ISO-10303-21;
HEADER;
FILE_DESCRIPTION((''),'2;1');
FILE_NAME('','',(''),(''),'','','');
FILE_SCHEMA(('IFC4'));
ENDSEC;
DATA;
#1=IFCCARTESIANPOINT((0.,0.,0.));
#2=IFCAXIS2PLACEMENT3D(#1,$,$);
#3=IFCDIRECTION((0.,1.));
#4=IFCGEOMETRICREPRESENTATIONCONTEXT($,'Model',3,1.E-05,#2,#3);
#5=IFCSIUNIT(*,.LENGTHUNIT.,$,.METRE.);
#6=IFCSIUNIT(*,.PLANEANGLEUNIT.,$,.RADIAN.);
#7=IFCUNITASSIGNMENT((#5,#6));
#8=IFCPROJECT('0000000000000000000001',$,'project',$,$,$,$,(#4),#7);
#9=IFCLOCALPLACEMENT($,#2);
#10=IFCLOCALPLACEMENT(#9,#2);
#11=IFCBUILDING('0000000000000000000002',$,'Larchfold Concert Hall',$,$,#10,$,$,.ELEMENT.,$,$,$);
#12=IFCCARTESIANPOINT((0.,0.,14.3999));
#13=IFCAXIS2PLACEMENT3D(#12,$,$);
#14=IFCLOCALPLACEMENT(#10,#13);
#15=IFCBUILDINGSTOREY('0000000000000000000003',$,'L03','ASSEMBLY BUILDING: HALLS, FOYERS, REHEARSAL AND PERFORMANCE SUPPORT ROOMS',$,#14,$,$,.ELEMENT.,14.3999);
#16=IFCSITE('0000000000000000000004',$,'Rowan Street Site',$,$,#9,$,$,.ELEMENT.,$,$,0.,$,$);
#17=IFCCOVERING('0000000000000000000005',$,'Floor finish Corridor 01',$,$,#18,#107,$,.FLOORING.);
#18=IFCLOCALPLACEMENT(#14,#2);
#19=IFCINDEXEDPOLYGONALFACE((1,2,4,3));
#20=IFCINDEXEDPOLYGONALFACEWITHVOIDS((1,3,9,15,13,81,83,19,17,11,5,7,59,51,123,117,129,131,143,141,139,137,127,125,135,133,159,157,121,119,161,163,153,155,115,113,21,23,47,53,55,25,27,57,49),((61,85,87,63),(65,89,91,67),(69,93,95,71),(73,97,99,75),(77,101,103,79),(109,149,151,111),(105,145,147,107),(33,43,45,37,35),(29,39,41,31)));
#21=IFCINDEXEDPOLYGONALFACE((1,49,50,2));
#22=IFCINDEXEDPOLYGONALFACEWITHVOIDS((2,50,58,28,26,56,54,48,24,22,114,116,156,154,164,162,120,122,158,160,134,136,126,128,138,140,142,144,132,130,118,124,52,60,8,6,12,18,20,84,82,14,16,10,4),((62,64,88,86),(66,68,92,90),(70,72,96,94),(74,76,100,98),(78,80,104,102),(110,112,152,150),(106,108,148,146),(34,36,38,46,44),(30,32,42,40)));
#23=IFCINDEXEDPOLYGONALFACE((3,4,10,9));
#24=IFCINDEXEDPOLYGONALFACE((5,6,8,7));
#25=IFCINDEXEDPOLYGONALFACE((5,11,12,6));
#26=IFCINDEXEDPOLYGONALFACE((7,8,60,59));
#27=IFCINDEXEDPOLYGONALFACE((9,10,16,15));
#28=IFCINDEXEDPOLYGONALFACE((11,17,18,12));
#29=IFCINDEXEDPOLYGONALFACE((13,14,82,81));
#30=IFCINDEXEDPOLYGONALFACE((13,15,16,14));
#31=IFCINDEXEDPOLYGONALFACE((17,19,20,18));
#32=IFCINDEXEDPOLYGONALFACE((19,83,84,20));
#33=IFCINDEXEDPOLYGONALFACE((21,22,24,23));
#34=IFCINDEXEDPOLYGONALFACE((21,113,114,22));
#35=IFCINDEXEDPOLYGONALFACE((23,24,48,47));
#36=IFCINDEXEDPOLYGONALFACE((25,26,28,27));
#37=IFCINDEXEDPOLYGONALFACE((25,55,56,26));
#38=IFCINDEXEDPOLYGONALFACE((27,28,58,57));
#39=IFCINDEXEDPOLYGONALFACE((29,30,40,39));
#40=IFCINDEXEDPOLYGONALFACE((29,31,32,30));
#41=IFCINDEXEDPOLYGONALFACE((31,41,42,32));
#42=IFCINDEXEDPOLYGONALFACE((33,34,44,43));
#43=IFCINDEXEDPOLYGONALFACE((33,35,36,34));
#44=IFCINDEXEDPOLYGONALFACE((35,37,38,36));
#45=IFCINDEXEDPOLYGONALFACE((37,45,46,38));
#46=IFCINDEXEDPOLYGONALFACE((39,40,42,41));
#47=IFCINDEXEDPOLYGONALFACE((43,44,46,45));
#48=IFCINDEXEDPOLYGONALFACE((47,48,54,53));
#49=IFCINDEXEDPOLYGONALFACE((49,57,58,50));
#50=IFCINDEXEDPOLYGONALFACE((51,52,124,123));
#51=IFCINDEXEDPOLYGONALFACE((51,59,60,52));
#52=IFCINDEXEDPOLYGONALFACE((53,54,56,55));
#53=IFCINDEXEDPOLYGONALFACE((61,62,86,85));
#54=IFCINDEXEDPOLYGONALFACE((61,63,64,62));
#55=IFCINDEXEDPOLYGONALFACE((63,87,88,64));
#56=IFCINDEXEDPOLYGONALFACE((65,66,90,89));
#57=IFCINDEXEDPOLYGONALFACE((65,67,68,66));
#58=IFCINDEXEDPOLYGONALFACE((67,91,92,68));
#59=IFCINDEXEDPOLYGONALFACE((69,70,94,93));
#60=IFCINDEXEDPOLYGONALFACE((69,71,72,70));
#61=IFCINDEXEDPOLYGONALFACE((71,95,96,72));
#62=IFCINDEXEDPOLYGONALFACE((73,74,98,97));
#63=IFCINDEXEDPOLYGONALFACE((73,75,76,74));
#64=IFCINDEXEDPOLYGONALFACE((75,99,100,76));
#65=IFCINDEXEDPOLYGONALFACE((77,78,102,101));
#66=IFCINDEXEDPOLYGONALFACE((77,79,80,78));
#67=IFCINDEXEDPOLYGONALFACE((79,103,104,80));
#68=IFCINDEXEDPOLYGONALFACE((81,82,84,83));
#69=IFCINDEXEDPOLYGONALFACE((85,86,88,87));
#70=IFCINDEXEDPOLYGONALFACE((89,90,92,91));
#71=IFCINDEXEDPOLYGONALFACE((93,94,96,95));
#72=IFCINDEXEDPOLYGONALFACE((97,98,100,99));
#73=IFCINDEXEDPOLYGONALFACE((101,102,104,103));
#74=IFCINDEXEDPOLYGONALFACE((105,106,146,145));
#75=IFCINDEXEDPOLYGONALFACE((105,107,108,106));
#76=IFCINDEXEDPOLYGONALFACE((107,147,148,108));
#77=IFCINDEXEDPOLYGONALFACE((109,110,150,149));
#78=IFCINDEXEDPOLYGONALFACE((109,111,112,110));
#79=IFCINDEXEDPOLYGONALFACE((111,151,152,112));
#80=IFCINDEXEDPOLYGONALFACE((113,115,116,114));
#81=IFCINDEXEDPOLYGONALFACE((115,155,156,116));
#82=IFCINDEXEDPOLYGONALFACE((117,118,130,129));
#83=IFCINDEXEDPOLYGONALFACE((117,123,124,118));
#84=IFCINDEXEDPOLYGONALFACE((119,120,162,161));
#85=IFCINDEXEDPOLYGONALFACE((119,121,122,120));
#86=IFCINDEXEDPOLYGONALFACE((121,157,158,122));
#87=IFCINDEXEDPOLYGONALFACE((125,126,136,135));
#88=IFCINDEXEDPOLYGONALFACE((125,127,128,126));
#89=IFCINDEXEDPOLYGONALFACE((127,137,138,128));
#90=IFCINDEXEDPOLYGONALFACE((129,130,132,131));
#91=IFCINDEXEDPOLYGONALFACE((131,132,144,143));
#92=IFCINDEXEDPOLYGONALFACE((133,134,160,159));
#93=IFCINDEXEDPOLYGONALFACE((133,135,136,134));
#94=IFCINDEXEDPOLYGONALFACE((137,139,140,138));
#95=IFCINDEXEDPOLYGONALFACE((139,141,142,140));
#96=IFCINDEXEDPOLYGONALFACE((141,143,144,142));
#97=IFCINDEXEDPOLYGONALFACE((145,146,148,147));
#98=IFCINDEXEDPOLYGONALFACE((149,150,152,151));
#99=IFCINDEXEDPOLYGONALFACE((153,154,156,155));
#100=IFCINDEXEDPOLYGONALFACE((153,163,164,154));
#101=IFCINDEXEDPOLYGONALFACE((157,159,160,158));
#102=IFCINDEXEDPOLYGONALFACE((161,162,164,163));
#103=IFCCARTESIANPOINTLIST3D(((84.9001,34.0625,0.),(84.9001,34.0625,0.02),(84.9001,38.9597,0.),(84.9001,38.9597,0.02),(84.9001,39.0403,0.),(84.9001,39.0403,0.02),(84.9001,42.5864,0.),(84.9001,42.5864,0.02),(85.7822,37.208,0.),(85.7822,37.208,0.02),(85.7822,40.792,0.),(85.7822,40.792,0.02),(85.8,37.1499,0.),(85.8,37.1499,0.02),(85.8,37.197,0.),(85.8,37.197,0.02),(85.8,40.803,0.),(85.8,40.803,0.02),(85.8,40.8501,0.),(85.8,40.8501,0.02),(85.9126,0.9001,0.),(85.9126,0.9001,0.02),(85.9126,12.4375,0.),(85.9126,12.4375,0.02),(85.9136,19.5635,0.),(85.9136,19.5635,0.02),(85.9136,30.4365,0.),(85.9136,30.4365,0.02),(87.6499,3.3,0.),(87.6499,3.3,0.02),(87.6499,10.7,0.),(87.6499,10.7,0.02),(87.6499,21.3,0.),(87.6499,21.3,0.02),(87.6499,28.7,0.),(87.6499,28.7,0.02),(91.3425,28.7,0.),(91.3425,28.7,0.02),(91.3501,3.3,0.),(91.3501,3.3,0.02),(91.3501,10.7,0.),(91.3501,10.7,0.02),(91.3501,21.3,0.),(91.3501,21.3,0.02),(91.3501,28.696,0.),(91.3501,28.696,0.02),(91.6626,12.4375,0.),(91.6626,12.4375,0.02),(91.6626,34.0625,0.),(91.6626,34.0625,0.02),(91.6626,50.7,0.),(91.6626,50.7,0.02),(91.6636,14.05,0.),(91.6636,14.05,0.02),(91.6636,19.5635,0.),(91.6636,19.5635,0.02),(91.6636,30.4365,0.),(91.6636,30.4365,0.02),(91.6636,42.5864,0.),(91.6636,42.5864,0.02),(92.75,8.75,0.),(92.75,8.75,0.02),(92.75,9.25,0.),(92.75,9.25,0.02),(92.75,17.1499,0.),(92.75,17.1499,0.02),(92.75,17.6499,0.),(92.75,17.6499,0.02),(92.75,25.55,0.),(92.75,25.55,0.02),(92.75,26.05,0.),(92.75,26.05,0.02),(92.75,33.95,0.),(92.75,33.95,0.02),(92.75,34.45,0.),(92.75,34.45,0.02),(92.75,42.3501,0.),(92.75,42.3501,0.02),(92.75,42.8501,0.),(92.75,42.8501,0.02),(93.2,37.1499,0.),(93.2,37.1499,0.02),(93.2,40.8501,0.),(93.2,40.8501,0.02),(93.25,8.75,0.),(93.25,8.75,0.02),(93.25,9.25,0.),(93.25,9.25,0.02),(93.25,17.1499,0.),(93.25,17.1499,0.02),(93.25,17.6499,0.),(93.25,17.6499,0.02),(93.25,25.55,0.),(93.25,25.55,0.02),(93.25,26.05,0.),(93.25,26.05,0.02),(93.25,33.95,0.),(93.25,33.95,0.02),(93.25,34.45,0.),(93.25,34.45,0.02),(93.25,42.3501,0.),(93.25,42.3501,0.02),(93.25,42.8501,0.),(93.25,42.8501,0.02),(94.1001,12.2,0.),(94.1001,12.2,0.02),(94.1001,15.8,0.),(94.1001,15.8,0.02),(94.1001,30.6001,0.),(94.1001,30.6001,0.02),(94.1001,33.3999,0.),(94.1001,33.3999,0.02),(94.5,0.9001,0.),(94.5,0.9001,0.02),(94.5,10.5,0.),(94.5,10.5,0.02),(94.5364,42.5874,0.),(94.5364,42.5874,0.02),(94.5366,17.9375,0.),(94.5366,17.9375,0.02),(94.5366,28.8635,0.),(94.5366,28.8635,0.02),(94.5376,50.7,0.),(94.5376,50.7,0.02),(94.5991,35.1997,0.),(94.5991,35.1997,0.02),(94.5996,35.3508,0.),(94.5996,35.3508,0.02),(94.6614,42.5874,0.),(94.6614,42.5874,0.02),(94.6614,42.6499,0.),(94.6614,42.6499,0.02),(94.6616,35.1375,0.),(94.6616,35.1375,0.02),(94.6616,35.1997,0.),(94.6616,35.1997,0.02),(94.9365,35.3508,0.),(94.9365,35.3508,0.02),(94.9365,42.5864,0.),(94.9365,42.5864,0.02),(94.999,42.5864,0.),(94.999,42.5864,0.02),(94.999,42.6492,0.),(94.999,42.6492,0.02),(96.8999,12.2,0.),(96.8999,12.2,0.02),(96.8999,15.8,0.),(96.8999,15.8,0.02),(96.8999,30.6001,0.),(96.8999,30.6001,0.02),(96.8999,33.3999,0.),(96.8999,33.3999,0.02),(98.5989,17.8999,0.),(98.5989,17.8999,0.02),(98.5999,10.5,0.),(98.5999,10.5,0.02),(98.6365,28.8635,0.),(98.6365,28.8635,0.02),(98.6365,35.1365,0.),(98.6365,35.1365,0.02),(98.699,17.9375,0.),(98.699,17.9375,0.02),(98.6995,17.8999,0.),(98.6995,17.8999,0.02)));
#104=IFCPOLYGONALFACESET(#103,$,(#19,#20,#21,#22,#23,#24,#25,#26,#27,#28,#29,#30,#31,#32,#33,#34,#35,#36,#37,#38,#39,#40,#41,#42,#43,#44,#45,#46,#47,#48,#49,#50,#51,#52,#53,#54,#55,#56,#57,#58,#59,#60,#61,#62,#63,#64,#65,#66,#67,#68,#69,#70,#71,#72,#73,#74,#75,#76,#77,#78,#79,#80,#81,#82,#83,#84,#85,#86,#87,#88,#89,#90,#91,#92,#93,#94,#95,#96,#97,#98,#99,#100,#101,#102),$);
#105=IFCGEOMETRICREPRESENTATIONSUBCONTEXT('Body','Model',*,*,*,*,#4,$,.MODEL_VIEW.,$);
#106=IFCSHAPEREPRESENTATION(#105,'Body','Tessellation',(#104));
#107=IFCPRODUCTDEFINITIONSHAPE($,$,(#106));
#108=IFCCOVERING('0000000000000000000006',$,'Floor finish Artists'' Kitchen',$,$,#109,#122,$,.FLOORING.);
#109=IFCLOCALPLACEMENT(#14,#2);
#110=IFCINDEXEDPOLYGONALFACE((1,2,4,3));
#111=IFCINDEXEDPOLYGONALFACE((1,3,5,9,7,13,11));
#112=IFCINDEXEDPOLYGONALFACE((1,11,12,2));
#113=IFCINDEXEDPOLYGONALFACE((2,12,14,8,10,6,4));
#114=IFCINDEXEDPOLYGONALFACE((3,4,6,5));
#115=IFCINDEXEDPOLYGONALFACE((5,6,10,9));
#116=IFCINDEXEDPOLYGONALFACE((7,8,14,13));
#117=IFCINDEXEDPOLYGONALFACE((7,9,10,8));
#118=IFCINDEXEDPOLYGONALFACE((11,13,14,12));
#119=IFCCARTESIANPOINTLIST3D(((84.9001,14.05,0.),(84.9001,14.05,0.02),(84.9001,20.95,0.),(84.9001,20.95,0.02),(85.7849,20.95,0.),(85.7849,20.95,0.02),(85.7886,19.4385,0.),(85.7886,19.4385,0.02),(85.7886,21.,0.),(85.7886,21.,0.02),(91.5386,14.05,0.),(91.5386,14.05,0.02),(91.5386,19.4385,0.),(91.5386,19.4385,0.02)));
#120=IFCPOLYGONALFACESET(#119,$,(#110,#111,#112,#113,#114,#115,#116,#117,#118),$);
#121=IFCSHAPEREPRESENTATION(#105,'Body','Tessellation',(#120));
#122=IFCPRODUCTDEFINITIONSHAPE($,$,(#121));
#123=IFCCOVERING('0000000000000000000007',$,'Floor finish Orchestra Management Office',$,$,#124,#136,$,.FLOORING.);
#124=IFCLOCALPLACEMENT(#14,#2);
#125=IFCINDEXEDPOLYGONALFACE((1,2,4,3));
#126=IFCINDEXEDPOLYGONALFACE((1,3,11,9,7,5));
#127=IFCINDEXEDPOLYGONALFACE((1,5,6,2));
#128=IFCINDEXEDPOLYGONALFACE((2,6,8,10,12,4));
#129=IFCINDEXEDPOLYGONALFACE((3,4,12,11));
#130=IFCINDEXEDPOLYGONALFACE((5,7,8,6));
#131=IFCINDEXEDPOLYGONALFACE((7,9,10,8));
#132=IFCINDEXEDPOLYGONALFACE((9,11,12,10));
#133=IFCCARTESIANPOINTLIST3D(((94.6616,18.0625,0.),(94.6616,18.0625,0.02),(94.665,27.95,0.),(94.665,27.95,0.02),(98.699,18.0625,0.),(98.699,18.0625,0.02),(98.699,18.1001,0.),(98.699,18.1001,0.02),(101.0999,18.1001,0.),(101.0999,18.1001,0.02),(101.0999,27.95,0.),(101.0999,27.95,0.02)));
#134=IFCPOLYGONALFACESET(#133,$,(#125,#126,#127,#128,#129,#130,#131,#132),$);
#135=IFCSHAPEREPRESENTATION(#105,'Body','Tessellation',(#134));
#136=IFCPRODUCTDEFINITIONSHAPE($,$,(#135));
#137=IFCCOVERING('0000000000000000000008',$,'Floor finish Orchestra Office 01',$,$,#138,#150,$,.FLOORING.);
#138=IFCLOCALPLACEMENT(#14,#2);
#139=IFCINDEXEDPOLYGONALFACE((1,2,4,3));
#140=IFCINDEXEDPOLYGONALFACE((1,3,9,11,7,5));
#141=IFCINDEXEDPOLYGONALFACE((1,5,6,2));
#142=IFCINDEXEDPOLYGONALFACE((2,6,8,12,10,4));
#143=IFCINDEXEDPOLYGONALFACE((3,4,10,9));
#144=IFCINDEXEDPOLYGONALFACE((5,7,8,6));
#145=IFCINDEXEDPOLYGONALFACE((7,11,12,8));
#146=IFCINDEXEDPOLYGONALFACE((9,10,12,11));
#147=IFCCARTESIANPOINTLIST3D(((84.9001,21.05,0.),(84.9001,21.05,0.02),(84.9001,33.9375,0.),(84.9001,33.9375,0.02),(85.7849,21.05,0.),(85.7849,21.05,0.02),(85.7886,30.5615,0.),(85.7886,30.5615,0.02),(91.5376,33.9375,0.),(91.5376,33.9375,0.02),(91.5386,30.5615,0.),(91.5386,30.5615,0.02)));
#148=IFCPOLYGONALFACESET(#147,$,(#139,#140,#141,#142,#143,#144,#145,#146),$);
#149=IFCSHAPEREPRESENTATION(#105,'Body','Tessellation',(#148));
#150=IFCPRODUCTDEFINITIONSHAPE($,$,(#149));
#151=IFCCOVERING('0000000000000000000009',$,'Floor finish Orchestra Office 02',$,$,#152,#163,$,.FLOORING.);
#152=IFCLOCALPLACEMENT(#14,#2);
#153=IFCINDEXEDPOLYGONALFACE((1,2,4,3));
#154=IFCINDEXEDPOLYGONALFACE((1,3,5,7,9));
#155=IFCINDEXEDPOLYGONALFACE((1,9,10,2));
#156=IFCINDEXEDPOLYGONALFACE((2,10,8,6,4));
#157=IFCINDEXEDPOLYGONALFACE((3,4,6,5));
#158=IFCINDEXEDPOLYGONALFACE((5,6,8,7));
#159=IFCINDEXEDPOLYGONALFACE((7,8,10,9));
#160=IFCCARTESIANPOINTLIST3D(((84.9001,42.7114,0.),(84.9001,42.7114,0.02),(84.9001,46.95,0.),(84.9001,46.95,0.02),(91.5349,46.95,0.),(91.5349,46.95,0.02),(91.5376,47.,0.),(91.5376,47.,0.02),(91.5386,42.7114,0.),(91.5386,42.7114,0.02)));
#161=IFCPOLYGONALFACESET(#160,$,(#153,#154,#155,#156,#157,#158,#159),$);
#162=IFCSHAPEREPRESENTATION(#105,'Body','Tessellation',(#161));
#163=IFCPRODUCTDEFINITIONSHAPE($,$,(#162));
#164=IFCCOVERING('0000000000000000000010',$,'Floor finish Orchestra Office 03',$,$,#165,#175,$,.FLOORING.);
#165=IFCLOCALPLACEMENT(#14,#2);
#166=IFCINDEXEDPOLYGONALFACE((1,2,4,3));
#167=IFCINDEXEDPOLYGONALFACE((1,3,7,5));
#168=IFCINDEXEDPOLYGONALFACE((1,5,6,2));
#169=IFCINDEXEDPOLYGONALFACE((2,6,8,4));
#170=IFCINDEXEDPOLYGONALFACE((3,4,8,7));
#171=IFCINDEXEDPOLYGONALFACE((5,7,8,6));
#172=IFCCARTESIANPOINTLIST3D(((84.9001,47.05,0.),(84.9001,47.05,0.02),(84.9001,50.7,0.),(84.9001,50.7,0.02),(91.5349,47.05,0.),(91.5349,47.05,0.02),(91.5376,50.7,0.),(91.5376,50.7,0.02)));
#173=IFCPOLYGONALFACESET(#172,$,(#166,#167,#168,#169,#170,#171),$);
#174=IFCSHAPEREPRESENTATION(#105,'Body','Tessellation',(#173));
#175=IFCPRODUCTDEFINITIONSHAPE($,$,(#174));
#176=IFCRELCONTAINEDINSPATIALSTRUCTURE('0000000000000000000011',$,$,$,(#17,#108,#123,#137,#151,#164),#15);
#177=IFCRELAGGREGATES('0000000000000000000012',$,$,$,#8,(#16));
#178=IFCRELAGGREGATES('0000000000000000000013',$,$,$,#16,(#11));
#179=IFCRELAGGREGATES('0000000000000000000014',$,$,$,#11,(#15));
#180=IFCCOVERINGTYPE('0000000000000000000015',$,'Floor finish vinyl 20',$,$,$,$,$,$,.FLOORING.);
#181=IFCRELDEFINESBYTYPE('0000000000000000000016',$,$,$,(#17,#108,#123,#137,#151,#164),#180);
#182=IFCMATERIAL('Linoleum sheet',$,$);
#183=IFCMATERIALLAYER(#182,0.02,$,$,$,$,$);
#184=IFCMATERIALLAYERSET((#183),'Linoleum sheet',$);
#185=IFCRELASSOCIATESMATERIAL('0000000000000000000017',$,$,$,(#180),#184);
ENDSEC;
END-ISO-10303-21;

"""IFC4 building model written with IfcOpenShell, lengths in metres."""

from ifc_helpers import new_model, si_unit, direction, frame, origin, place, context, subcontext, project, spatial, polyline, outline, extrude, material, layer, layer_set, type_object, element, save


model = new_model("IFC4")

# Units and contexts
model_context = context("Model", 3, precision=1e-05, world=origin(), true_north=direction((0.0, 1.0)))
body_context = subcontext(model_context, "Body", "Model", "MODEL_VIEW")
ifc_project = project(units=[si_unit("LENGTHUNIT", "METRE"), si_unit("PLANEANGLEUNIT", "RADIAN")], contexts=[model_context])

# Site, building, storey
site_placement = place(None, origin())
site = spatial("IfcSite", under=ifc_project, at=site_placement, Name="Rowan Street Site", CompositionType="ELEMENT", RefElevation=0.0)
building_placement = place(site_placement, origin())
building = spatial("IfcBuilding", under=site, at=building_placement, Name="Larchfold Concert Hall", CompositionType="ELEMENT")
storey_placement = place(building_placement, frame((0.0, 0.0, 14.3999)))
storey = spatial("IfcBuildingStorey", under=building, at=storey_placement, Name="L03", Description="ASSEMBLY BUILDING: HALLS, FOYERS, REHEARSAL AND PERFORMANCE SUPPORT ROOMS", CompositionType="ELEMENT", Elevation=14.3999)

# Coverings
ifc_material_1 = material(Name="Linoleum sheet")
ifc_layer_1 = layer(ifc_material_1, 0.02)
ifc_layer_set_1 = layer_set([ifc_layer_1], Name="Linoleum sheet")
covering_type_1 = type_object("IfcCoveringType", Name="Floor finish vinyl 20", PredefinedType="FLOORING", material=ifc_layer_set_1)
covering_1_placement = place(storey_placement, origin())
element("IfcCovering", 1, at=covering_1_placement, inside=storey, type_object=covering_type_1, Name="Floor finish Corridor 01", PredefinedType="FLOORING", context=body_context, shape_type="SweptSolid", body=[
    extrude(outline(polyline([(85.7822, 37.208), (84.9001, 38.9597), (84.9001, 34.0625), (91.6626, 34.0625), (91.6636, 30.4365), (85.9136, 30.4365), (85.9136, 19.5635), (91.6636, 19.5635), (91.6636, 14.05), (91.6626, 12.4375), (85.9126, 12.4375), (85.9126, 0.9001), (94.5, 0.9001), (94.5, 10.5), (98.5999, 10.5), (98.5989, 17.8999), (98.6995, 17.8999), (98.699, 17.9375), (94.5366, 17.9375), (94.5366, 28.8635), (98.6365, 28.8635), (98.6365, 35.1365), (98.699, 35.1365), (94.6616, 35.1375), (94.6616, 35.1997), (94.5991, 35.1997), (94.5996, 35.3508), (94.9365, 35.3508), (94.9365, 42.5864), (94.999, 42.5864), (94.999, 42.6492), (94.6614, 42.6499), (94.6614, 42.5874), (94.5364, 42.5874), (94.5376, 50.7), (91.6626, 50.7), (91.6636, 42.5864), (84.9001, 42.5864), (84.9001, 39.0403), (85.7822, 40.792), (85.8, 40.803), (85.8, 40.8501), (93.2, 40.8501), (93.2, 37.1499), (85.8, 37.1499), (85.8, 37.197), (85.7822, 37.208)]), holes=[polyline([(94.1001, 12.2), (94.1001, 15.8), (96.8999, 15.8), (96.8999, 12.2), (94.1001, 12.2)]), polyline([(94.1001, 30.6001), (94.1001, 33.3999), (96.8999, 33.3999), (96.8999, 30.6001), (94.1001, 30.6001)]), polyline([(92.75, 9.25), (93.25, 9.25), (93.25, 8.75), (92.75, 8.75), (92.75, 9.25)]), polyline([(92.75, 26.05), (93.25, 26.05), (93.25, 25.55), (92.75, 25.55), (92.75, 26.05)]), polyline([(93.25, 17.6499), (93.25, 17.1499), (92.75, 17.1499), (92.75, 17.6499), (93.25, 17.6499)]), polyline([(93.25, 33.95), (92.75, 33.95), (92.75, 34.45), (93.25, 34.45), (93.25, 33.95)]), polyline([(93.25, 42.8501), (93.25, 42.3501), (92.75, 42.3501), (92.75, 42.8501), (93.25, 42.8501)]), polyline([(91.3501, 3.3), (87.6499, 3.3), (87.6499, 10.7), (91.3501, 10.7), (91.3501, 3.3)]), polyline([(91.3501, 21.3), (87.6499, 21.3), (87.6499, 28.7), (91.3425, 28.7), (91.3501, 28.696), (91.3501, 21.3)])]), origin(), (0.0, 0.0, 1.0), 0.02),
])
covering_2_placement = place(storey_placement, origin())
element("IfcCovering", 2, at=covering_2_placement, inside=storey, type_object=covering_type_1, Name="Floor finish Artists' Kitchen", PredefinedType="FLOORING", context=body_context, shape_type="SweptSolid", body=[
    extrude(outline(polyline([(84.9001, 20.95), (84.9001, 14.05), (91.5386, 14.05), (91.5386, 19.4385), (85.7886, 19.4385), (85.7886, 21.0), (85.7849, 20.95), (84.9001, 20.95)])), origin(), (0.0, 0.0, 1.0), 0.02),
])
covering_3_placement = place(storey_placement, origin())
element("IfcCovering", 3, at=covering_3_placement, inside=storey, type_object=covering_type_1, Name="Floor finish Orchestra Management Office", PredefinedType="FLOORING", context=body_context, shape_type="SweptSolid", body=[
    extrude(outline(polyline([(94.665, 28.0), (94.6616, 18.0625), (98.699, 18.0625), (98.699, 18.1001), (101.0999, 18.1001), (101.0999, 27.95), (94.665, 27.95), (94.665, 28.0)])), origin(), (0.0, 0.0, 1.0), 0.02),
])
covering_4_placement = place(storey_placement, origin())
element("IfcCovering", 4, at=covering_4_placement, inside=storey, type_object=covering_type_1, Name="Floor finish Orchestra Office 01", PredefinedType="FLOORING", context=body_context, shape_type="SweptSolid", body=[
    extrude(outline(polyline([(85.7849, 21.0), (85.7886, 30.5615), (91.5386, 30.5615), (91.5376, 34.0), (91.5376, 33.9375), (84.9001, 33.9375), (84.9001, 21.05), (85.7849, 21.05), (85.7849, 21.0)])), origin(), (0.0, 0.0, 1.0), 0.02),
])
covering_5_placement = place(storey_placement, origin())
element("IfcCovering", 5, at=covering_5_placement, inside=storey, type_object=covering_type_1, Name="Floor finish Orchestra Office 02", PredefinedType="FLOORING", context=body_context, shape_type="SweptSolid", body=[
    extrude(outline(polyline([(84.9001, 46.95), (84.9001, 42.7114), (91.5386, 42.7114), (91.5376, 47.0), (91.5349, 46.95), (84.9001, 46.95)])), origin(), (0.0, 0.0, 1.0), 0.02),
])
covering_6_placement = place(storey_placement, origin())
element("IfcCovering", 6, at=covering_6_placement, inside=storey, type_object=covering_type_1, Name="Floor finish Orchestra Office 03", PredefinedType="FLOORING", context=body_context, shape_type="SweptSolid", body=[
    extrude(outline(polyline([(91.5349, 47.0), (91.5376, 50.7), (84.9001, 50.7), (84.9001, 47.05), (91.5349, 47.05), (91.5349, 47.0)])), origin(), (0.0, 0.0, 1.0), 0.02),
])

save(model, "model.ifc")
